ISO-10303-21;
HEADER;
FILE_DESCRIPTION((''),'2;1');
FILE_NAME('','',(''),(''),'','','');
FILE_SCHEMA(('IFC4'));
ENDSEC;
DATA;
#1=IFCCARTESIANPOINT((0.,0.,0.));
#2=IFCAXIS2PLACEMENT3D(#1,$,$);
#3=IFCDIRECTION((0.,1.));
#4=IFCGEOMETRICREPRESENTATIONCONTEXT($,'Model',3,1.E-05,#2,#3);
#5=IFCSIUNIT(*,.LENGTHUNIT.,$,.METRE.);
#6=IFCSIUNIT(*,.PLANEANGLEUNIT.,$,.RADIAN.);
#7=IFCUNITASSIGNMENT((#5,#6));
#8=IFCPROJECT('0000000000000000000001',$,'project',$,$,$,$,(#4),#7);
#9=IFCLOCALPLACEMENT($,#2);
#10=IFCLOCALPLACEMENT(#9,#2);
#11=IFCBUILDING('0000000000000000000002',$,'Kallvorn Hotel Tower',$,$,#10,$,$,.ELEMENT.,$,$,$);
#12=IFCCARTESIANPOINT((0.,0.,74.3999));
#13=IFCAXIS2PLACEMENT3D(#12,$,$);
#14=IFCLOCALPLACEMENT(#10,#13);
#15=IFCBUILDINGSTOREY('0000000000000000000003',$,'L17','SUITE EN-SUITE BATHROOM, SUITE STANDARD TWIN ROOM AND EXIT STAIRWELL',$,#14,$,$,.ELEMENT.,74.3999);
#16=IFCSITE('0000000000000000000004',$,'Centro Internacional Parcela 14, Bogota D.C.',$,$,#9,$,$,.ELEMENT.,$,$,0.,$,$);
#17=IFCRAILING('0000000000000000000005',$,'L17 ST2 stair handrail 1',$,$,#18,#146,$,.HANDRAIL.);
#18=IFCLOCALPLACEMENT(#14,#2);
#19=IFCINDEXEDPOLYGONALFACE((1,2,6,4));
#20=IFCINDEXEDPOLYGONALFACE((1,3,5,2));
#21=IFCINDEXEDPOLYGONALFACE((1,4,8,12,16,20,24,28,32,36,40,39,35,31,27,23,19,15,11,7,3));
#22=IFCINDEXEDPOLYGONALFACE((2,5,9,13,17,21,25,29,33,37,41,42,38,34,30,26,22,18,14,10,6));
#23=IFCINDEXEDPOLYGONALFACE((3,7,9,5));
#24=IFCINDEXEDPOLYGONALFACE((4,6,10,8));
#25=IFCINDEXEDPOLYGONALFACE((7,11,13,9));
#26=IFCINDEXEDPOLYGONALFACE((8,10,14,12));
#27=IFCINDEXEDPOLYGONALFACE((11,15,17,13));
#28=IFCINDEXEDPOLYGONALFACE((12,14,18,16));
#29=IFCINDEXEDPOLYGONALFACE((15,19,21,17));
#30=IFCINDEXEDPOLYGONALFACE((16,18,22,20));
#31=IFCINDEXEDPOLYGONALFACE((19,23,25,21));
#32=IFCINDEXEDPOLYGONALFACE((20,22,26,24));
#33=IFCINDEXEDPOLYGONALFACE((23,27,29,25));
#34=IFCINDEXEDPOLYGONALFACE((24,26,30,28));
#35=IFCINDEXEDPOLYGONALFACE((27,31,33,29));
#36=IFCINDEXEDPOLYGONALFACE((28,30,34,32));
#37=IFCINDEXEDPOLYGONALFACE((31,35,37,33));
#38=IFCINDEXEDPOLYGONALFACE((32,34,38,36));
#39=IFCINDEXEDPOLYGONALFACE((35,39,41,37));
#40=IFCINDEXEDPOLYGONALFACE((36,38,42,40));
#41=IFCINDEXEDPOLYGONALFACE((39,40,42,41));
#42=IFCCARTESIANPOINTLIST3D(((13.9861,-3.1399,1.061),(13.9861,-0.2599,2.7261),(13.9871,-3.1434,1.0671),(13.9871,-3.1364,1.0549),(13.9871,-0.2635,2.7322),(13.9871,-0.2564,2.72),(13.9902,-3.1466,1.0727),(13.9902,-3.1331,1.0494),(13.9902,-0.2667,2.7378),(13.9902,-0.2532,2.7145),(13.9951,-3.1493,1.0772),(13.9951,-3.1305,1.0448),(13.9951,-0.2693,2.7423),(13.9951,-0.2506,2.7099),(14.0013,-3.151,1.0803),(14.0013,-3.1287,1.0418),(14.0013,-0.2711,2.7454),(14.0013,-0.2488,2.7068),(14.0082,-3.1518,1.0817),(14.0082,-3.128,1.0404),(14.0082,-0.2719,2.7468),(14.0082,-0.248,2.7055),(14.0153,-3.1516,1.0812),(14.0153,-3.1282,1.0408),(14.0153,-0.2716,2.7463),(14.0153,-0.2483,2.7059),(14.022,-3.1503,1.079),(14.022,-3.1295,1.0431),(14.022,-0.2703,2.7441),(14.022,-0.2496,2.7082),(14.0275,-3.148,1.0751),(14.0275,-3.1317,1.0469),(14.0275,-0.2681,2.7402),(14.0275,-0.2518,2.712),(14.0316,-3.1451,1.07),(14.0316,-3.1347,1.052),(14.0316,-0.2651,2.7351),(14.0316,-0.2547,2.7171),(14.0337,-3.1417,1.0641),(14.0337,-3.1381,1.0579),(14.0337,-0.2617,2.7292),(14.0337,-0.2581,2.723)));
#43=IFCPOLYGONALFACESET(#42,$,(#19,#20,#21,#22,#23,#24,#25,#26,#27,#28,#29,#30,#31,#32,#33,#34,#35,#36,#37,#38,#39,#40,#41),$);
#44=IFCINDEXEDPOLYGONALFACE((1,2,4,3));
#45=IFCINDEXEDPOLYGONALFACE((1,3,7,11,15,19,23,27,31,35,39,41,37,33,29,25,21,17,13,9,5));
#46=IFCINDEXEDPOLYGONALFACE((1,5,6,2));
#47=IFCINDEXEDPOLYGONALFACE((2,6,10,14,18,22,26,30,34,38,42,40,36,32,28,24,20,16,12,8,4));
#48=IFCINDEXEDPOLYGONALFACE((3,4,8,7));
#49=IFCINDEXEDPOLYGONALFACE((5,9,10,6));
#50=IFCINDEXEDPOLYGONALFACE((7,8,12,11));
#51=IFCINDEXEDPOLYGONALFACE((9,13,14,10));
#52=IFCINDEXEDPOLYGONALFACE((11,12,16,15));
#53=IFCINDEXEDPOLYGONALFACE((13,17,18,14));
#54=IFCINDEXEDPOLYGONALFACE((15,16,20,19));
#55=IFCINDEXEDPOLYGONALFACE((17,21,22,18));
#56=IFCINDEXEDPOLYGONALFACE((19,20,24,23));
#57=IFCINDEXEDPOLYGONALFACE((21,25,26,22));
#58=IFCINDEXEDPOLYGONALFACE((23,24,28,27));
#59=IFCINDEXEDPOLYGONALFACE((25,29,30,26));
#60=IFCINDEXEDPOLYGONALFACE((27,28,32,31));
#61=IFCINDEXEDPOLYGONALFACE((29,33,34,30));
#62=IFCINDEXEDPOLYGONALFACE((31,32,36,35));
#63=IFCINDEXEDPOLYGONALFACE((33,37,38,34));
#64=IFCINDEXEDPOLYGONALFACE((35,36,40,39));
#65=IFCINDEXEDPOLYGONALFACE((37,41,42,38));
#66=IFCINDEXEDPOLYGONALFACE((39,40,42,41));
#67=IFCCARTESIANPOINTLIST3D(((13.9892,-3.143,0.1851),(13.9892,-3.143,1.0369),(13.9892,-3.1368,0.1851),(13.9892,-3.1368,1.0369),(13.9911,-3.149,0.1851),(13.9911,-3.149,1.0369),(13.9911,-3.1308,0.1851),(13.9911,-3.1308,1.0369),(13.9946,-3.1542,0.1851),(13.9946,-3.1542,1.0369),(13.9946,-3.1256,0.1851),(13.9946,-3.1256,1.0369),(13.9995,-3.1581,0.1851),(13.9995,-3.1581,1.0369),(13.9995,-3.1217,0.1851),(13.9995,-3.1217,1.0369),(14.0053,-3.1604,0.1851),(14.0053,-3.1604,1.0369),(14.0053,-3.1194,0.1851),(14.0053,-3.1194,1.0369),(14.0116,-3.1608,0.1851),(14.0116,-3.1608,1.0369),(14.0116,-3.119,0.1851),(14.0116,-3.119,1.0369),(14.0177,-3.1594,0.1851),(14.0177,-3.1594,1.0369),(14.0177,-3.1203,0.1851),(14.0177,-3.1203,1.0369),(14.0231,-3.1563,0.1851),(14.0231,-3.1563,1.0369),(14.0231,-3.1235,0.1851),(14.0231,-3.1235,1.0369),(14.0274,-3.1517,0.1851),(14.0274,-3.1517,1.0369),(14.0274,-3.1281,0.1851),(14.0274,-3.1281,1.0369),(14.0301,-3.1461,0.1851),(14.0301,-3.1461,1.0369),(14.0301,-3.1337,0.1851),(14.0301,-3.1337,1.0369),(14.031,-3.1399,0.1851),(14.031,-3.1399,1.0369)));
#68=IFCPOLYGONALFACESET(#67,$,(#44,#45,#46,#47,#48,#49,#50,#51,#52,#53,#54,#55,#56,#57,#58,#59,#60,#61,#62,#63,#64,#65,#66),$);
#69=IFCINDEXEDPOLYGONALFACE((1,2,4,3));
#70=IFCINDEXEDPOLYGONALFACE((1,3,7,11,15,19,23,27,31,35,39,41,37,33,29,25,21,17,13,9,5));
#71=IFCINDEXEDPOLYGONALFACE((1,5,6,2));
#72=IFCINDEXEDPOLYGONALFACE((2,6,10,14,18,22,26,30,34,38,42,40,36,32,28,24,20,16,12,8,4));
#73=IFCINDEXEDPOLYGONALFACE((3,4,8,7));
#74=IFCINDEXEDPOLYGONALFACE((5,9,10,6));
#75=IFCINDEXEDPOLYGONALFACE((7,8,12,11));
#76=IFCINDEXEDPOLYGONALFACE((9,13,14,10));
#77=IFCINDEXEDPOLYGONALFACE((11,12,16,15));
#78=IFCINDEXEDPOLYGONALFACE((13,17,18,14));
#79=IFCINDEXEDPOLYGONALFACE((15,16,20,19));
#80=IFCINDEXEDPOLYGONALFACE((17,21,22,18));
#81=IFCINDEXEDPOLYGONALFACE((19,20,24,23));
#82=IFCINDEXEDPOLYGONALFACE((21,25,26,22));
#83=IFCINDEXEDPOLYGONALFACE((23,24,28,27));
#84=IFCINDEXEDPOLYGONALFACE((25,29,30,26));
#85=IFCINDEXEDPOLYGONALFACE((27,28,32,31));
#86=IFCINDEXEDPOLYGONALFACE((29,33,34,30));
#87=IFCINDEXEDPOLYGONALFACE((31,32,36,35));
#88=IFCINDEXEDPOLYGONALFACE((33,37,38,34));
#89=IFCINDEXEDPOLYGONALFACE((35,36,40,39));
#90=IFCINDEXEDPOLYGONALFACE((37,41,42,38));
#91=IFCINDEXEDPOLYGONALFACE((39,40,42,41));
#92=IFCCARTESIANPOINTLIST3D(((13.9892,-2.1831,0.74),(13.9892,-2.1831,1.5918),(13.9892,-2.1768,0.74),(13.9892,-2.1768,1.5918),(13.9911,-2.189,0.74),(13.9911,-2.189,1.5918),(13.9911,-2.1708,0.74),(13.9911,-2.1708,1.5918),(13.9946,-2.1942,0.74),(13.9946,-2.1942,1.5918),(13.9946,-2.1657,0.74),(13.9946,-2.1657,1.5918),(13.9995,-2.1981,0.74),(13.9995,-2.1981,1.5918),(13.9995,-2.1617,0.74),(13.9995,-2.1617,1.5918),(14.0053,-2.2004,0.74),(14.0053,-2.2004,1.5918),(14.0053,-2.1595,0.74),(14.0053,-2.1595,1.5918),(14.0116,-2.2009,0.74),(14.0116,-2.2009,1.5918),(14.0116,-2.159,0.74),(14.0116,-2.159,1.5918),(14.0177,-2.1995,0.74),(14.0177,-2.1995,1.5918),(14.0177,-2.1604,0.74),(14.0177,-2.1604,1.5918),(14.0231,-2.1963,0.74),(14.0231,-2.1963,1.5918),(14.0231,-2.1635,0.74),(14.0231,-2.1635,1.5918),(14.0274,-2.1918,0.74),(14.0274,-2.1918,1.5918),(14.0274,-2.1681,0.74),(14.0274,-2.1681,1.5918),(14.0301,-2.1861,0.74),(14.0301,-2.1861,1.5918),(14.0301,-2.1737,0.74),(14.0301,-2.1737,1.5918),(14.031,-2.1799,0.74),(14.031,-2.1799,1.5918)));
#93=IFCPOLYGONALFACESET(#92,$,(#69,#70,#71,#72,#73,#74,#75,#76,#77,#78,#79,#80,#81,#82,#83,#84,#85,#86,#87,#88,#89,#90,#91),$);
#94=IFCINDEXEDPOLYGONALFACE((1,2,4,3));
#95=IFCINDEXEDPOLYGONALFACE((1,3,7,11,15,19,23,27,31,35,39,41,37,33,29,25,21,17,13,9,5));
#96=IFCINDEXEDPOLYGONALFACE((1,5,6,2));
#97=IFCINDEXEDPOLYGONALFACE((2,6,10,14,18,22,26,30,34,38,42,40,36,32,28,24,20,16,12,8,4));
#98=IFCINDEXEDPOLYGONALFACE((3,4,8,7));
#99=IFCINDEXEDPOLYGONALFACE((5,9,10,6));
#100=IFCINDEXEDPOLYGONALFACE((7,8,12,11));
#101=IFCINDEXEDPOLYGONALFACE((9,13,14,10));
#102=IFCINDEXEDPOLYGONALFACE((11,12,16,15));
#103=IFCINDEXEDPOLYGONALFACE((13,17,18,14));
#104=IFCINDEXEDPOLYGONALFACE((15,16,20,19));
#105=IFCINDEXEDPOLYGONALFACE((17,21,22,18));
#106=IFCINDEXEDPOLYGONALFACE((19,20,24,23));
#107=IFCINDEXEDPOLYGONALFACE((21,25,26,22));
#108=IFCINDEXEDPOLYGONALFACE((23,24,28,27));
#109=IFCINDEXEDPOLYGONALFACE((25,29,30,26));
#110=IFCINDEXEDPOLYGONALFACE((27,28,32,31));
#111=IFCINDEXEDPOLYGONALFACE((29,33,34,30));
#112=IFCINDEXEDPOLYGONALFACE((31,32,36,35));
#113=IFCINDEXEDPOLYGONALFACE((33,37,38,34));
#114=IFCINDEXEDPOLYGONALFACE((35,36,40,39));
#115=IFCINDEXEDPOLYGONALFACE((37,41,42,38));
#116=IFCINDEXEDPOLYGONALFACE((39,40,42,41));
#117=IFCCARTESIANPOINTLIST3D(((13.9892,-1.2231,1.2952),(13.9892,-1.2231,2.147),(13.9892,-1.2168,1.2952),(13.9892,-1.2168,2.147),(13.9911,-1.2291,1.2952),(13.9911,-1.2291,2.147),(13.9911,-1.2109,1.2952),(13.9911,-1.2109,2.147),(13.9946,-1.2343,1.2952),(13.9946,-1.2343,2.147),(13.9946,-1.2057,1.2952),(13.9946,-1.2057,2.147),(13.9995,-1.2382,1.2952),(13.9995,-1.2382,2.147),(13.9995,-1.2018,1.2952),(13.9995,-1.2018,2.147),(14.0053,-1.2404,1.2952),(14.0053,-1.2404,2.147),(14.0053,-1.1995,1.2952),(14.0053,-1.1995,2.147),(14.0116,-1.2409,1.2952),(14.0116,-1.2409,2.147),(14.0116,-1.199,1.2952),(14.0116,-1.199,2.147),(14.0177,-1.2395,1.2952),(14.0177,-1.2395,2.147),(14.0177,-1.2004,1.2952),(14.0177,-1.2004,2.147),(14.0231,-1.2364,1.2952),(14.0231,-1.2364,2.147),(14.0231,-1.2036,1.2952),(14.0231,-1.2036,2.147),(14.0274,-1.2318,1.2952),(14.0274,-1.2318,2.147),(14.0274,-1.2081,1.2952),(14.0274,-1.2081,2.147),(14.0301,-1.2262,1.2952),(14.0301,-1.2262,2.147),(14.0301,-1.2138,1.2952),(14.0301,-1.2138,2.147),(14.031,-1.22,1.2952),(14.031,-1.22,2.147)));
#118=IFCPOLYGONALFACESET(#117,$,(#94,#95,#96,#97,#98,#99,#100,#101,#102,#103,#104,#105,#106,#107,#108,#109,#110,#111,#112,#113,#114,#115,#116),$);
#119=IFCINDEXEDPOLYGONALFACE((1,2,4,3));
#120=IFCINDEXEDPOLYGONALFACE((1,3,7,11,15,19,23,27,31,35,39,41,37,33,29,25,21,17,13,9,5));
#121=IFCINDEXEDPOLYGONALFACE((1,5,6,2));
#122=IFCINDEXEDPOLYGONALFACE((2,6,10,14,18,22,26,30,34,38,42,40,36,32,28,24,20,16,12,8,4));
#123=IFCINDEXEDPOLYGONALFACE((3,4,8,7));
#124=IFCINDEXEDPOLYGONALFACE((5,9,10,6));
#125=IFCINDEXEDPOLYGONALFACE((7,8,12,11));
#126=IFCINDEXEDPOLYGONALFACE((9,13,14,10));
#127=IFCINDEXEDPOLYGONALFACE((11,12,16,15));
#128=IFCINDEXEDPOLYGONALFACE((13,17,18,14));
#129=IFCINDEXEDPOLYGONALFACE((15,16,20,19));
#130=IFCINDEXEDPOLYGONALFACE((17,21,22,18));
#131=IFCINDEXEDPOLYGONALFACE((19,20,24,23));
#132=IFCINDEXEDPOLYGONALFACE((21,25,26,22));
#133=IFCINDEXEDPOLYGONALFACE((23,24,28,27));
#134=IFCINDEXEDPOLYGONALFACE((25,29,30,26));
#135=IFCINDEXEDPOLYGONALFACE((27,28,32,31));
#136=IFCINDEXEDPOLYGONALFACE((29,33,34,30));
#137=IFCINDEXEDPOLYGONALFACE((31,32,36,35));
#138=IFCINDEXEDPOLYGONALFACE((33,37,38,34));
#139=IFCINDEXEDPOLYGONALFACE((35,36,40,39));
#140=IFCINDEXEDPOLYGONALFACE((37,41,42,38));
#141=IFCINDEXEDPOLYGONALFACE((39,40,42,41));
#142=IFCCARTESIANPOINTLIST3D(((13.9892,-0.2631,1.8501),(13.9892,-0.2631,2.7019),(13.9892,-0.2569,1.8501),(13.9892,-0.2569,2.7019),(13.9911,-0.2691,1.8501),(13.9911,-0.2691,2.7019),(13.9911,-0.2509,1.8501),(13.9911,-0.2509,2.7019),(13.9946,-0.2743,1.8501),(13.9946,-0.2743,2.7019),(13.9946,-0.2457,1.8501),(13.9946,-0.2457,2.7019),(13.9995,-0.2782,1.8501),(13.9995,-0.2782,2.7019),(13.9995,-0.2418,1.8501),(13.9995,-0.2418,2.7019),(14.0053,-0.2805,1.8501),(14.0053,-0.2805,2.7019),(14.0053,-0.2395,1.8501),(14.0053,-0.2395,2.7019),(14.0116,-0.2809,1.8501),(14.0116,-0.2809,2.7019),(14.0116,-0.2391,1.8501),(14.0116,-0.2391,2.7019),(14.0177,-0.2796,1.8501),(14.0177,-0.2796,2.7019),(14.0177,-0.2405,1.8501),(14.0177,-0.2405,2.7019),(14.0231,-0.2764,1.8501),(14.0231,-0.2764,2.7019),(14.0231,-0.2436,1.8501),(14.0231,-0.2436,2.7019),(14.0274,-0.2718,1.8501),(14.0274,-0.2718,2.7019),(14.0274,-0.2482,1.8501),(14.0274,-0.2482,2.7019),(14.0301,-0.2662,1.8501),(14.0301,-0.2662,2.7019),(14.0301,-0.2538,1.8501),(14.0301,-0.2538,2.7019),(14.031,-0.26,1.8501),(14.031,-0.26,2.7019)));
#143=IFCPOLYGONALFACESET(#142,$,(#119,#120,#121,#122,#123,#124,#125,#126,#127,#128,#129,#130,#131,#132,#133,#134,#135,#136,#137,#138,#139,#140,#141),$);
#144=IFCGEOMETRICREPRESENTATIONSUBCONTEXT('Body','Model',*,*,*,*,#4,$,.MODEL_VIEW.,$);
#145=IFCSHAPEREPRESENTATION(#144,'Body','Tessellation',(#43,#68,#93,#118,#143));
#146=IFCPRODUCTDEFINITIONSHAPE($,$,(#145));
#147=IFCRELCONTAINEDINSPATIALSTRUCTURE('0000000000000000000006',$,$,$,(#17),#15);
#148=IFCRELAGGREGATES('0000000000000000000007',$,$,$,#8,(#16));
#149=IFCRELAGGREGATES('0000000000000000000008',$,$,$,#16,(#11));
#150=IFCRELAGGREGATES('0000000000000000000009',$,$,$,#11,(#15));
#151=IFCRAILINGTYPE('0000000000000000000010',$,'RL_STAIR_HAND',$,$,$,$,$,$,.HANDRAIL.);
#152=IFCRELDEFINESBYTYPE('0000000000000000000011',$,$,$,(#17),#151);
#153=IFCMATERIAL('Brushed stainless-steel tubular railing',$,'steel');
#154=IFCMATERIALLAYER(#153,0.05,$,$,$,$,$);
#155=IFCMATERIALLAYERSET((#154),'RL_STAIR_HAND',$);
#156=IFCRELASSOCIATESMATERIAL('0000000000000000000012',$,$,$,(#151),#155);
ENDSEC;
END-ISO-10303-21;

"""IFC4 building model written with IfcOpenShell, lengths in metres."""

from ifc_helpers import new_model, si_unit, direction, frame, origin, origin_2d, place, context, subcontext, project, spatial, circle, extrude, material, layer, layer_set, type_object, element, save


model = new_model("IFC4")

# Units and contexts
model_context = context("Model", 3, precision=1e-05, world=origin(), true_north=direction((0.0, 1.0)))
body_context = subcontext(model_context, "Body", "Model", "MODEL_VIEW")
ifc_project = project(units=[si_unit("LENGTHUNIT", "METRE"), si_unit("PLANEANGLEUNIT", "RADIAN")], contexts=[model_context])

# Site, building, storey
site_placement = place(None, origin())
site = spatial("IfcSite", under=ifc_project, at=site_placement, Name="Centro Internacional Parcela 14, Bogota D.C.", CompositionType="ELEMENT", RefElevation=0.0)
building_placement = place(site_placement, origin())
building = spatial("IfcBuilding", under=site, at=building_placement, Name="Kallvorn Hotel Tower", CompositionType="ELEMENT")
storey_placement = place(building_placement, frame((0.0, 0.0, 74.3999)))
storey = spatial("IfcBuildingStorey", under=building, at=storey_placement, Name="L17", Description="SUITE EN-SUITE BATHROOM, SUITE STANDARD TWIN ROOM AND EXIT STAIRWELL", CompositionType="ELEMENT", Elevation=74.3999)

# Railing
ifc_material_1 = material(Name="Brushed stainless-steel tubular railing", Category="steel")
ifc_layer_1 = layer(ifc_material_1, 0.05)
ifc_layer_set_1 = layer_set([ifc_layer_1], Name="RL_STAIR_HAND")
railing_type_1 = type_object("IfcRailingType", Name="RL_STAIR_HAND", PredefinedType="HANDRAIL", material=ifc_layer_set_1)
railing_1_placement = place(storey_placement, frame((14.01, -3.1399, 0.1851)))
element("IfcRailing", 1, at=railing_1_placement, inside=storey, type_object=railing_type_1, Name="L17 ST2 stair handrail 1", PredefinedType="HANDRAIL", context=body_context, shape_type="SweptSolid", body=[
    extrude(circle(Radius=0.0239, at=origin_2d()), frame((0.0, 0.0, 0.876), z_axis=(0.0, 0.865721, 0.500527), x_axis=(-1.0, 0.0, 0.0)), (0.0, 0.0, 1.0), 3.3267),
    extrude(circle(Radius=0.021, at=origin_2d()), origin(), (0.0, 0.0, 1.0), 0.8518),
    extrude(circle(Radius=0.021, at=origin_2d()), frame((0.0, 0.96, 0.5549)), (0.0, 0.0, 1.0), 0.8518),
    extrude(circle(Radius=0.021, at=origin_2d()), frame((0.0, 1.9199, 1.1101)), (0.0, 0.0, 1.0), 0.8518),
    extrude(circle(Radius=0.021, at=origin_2d()), frame((0.0, 2.8799, 1.665)), (0.0, 0.0, 1.0), 0.8518),
])

save(model, "model.ifc")
